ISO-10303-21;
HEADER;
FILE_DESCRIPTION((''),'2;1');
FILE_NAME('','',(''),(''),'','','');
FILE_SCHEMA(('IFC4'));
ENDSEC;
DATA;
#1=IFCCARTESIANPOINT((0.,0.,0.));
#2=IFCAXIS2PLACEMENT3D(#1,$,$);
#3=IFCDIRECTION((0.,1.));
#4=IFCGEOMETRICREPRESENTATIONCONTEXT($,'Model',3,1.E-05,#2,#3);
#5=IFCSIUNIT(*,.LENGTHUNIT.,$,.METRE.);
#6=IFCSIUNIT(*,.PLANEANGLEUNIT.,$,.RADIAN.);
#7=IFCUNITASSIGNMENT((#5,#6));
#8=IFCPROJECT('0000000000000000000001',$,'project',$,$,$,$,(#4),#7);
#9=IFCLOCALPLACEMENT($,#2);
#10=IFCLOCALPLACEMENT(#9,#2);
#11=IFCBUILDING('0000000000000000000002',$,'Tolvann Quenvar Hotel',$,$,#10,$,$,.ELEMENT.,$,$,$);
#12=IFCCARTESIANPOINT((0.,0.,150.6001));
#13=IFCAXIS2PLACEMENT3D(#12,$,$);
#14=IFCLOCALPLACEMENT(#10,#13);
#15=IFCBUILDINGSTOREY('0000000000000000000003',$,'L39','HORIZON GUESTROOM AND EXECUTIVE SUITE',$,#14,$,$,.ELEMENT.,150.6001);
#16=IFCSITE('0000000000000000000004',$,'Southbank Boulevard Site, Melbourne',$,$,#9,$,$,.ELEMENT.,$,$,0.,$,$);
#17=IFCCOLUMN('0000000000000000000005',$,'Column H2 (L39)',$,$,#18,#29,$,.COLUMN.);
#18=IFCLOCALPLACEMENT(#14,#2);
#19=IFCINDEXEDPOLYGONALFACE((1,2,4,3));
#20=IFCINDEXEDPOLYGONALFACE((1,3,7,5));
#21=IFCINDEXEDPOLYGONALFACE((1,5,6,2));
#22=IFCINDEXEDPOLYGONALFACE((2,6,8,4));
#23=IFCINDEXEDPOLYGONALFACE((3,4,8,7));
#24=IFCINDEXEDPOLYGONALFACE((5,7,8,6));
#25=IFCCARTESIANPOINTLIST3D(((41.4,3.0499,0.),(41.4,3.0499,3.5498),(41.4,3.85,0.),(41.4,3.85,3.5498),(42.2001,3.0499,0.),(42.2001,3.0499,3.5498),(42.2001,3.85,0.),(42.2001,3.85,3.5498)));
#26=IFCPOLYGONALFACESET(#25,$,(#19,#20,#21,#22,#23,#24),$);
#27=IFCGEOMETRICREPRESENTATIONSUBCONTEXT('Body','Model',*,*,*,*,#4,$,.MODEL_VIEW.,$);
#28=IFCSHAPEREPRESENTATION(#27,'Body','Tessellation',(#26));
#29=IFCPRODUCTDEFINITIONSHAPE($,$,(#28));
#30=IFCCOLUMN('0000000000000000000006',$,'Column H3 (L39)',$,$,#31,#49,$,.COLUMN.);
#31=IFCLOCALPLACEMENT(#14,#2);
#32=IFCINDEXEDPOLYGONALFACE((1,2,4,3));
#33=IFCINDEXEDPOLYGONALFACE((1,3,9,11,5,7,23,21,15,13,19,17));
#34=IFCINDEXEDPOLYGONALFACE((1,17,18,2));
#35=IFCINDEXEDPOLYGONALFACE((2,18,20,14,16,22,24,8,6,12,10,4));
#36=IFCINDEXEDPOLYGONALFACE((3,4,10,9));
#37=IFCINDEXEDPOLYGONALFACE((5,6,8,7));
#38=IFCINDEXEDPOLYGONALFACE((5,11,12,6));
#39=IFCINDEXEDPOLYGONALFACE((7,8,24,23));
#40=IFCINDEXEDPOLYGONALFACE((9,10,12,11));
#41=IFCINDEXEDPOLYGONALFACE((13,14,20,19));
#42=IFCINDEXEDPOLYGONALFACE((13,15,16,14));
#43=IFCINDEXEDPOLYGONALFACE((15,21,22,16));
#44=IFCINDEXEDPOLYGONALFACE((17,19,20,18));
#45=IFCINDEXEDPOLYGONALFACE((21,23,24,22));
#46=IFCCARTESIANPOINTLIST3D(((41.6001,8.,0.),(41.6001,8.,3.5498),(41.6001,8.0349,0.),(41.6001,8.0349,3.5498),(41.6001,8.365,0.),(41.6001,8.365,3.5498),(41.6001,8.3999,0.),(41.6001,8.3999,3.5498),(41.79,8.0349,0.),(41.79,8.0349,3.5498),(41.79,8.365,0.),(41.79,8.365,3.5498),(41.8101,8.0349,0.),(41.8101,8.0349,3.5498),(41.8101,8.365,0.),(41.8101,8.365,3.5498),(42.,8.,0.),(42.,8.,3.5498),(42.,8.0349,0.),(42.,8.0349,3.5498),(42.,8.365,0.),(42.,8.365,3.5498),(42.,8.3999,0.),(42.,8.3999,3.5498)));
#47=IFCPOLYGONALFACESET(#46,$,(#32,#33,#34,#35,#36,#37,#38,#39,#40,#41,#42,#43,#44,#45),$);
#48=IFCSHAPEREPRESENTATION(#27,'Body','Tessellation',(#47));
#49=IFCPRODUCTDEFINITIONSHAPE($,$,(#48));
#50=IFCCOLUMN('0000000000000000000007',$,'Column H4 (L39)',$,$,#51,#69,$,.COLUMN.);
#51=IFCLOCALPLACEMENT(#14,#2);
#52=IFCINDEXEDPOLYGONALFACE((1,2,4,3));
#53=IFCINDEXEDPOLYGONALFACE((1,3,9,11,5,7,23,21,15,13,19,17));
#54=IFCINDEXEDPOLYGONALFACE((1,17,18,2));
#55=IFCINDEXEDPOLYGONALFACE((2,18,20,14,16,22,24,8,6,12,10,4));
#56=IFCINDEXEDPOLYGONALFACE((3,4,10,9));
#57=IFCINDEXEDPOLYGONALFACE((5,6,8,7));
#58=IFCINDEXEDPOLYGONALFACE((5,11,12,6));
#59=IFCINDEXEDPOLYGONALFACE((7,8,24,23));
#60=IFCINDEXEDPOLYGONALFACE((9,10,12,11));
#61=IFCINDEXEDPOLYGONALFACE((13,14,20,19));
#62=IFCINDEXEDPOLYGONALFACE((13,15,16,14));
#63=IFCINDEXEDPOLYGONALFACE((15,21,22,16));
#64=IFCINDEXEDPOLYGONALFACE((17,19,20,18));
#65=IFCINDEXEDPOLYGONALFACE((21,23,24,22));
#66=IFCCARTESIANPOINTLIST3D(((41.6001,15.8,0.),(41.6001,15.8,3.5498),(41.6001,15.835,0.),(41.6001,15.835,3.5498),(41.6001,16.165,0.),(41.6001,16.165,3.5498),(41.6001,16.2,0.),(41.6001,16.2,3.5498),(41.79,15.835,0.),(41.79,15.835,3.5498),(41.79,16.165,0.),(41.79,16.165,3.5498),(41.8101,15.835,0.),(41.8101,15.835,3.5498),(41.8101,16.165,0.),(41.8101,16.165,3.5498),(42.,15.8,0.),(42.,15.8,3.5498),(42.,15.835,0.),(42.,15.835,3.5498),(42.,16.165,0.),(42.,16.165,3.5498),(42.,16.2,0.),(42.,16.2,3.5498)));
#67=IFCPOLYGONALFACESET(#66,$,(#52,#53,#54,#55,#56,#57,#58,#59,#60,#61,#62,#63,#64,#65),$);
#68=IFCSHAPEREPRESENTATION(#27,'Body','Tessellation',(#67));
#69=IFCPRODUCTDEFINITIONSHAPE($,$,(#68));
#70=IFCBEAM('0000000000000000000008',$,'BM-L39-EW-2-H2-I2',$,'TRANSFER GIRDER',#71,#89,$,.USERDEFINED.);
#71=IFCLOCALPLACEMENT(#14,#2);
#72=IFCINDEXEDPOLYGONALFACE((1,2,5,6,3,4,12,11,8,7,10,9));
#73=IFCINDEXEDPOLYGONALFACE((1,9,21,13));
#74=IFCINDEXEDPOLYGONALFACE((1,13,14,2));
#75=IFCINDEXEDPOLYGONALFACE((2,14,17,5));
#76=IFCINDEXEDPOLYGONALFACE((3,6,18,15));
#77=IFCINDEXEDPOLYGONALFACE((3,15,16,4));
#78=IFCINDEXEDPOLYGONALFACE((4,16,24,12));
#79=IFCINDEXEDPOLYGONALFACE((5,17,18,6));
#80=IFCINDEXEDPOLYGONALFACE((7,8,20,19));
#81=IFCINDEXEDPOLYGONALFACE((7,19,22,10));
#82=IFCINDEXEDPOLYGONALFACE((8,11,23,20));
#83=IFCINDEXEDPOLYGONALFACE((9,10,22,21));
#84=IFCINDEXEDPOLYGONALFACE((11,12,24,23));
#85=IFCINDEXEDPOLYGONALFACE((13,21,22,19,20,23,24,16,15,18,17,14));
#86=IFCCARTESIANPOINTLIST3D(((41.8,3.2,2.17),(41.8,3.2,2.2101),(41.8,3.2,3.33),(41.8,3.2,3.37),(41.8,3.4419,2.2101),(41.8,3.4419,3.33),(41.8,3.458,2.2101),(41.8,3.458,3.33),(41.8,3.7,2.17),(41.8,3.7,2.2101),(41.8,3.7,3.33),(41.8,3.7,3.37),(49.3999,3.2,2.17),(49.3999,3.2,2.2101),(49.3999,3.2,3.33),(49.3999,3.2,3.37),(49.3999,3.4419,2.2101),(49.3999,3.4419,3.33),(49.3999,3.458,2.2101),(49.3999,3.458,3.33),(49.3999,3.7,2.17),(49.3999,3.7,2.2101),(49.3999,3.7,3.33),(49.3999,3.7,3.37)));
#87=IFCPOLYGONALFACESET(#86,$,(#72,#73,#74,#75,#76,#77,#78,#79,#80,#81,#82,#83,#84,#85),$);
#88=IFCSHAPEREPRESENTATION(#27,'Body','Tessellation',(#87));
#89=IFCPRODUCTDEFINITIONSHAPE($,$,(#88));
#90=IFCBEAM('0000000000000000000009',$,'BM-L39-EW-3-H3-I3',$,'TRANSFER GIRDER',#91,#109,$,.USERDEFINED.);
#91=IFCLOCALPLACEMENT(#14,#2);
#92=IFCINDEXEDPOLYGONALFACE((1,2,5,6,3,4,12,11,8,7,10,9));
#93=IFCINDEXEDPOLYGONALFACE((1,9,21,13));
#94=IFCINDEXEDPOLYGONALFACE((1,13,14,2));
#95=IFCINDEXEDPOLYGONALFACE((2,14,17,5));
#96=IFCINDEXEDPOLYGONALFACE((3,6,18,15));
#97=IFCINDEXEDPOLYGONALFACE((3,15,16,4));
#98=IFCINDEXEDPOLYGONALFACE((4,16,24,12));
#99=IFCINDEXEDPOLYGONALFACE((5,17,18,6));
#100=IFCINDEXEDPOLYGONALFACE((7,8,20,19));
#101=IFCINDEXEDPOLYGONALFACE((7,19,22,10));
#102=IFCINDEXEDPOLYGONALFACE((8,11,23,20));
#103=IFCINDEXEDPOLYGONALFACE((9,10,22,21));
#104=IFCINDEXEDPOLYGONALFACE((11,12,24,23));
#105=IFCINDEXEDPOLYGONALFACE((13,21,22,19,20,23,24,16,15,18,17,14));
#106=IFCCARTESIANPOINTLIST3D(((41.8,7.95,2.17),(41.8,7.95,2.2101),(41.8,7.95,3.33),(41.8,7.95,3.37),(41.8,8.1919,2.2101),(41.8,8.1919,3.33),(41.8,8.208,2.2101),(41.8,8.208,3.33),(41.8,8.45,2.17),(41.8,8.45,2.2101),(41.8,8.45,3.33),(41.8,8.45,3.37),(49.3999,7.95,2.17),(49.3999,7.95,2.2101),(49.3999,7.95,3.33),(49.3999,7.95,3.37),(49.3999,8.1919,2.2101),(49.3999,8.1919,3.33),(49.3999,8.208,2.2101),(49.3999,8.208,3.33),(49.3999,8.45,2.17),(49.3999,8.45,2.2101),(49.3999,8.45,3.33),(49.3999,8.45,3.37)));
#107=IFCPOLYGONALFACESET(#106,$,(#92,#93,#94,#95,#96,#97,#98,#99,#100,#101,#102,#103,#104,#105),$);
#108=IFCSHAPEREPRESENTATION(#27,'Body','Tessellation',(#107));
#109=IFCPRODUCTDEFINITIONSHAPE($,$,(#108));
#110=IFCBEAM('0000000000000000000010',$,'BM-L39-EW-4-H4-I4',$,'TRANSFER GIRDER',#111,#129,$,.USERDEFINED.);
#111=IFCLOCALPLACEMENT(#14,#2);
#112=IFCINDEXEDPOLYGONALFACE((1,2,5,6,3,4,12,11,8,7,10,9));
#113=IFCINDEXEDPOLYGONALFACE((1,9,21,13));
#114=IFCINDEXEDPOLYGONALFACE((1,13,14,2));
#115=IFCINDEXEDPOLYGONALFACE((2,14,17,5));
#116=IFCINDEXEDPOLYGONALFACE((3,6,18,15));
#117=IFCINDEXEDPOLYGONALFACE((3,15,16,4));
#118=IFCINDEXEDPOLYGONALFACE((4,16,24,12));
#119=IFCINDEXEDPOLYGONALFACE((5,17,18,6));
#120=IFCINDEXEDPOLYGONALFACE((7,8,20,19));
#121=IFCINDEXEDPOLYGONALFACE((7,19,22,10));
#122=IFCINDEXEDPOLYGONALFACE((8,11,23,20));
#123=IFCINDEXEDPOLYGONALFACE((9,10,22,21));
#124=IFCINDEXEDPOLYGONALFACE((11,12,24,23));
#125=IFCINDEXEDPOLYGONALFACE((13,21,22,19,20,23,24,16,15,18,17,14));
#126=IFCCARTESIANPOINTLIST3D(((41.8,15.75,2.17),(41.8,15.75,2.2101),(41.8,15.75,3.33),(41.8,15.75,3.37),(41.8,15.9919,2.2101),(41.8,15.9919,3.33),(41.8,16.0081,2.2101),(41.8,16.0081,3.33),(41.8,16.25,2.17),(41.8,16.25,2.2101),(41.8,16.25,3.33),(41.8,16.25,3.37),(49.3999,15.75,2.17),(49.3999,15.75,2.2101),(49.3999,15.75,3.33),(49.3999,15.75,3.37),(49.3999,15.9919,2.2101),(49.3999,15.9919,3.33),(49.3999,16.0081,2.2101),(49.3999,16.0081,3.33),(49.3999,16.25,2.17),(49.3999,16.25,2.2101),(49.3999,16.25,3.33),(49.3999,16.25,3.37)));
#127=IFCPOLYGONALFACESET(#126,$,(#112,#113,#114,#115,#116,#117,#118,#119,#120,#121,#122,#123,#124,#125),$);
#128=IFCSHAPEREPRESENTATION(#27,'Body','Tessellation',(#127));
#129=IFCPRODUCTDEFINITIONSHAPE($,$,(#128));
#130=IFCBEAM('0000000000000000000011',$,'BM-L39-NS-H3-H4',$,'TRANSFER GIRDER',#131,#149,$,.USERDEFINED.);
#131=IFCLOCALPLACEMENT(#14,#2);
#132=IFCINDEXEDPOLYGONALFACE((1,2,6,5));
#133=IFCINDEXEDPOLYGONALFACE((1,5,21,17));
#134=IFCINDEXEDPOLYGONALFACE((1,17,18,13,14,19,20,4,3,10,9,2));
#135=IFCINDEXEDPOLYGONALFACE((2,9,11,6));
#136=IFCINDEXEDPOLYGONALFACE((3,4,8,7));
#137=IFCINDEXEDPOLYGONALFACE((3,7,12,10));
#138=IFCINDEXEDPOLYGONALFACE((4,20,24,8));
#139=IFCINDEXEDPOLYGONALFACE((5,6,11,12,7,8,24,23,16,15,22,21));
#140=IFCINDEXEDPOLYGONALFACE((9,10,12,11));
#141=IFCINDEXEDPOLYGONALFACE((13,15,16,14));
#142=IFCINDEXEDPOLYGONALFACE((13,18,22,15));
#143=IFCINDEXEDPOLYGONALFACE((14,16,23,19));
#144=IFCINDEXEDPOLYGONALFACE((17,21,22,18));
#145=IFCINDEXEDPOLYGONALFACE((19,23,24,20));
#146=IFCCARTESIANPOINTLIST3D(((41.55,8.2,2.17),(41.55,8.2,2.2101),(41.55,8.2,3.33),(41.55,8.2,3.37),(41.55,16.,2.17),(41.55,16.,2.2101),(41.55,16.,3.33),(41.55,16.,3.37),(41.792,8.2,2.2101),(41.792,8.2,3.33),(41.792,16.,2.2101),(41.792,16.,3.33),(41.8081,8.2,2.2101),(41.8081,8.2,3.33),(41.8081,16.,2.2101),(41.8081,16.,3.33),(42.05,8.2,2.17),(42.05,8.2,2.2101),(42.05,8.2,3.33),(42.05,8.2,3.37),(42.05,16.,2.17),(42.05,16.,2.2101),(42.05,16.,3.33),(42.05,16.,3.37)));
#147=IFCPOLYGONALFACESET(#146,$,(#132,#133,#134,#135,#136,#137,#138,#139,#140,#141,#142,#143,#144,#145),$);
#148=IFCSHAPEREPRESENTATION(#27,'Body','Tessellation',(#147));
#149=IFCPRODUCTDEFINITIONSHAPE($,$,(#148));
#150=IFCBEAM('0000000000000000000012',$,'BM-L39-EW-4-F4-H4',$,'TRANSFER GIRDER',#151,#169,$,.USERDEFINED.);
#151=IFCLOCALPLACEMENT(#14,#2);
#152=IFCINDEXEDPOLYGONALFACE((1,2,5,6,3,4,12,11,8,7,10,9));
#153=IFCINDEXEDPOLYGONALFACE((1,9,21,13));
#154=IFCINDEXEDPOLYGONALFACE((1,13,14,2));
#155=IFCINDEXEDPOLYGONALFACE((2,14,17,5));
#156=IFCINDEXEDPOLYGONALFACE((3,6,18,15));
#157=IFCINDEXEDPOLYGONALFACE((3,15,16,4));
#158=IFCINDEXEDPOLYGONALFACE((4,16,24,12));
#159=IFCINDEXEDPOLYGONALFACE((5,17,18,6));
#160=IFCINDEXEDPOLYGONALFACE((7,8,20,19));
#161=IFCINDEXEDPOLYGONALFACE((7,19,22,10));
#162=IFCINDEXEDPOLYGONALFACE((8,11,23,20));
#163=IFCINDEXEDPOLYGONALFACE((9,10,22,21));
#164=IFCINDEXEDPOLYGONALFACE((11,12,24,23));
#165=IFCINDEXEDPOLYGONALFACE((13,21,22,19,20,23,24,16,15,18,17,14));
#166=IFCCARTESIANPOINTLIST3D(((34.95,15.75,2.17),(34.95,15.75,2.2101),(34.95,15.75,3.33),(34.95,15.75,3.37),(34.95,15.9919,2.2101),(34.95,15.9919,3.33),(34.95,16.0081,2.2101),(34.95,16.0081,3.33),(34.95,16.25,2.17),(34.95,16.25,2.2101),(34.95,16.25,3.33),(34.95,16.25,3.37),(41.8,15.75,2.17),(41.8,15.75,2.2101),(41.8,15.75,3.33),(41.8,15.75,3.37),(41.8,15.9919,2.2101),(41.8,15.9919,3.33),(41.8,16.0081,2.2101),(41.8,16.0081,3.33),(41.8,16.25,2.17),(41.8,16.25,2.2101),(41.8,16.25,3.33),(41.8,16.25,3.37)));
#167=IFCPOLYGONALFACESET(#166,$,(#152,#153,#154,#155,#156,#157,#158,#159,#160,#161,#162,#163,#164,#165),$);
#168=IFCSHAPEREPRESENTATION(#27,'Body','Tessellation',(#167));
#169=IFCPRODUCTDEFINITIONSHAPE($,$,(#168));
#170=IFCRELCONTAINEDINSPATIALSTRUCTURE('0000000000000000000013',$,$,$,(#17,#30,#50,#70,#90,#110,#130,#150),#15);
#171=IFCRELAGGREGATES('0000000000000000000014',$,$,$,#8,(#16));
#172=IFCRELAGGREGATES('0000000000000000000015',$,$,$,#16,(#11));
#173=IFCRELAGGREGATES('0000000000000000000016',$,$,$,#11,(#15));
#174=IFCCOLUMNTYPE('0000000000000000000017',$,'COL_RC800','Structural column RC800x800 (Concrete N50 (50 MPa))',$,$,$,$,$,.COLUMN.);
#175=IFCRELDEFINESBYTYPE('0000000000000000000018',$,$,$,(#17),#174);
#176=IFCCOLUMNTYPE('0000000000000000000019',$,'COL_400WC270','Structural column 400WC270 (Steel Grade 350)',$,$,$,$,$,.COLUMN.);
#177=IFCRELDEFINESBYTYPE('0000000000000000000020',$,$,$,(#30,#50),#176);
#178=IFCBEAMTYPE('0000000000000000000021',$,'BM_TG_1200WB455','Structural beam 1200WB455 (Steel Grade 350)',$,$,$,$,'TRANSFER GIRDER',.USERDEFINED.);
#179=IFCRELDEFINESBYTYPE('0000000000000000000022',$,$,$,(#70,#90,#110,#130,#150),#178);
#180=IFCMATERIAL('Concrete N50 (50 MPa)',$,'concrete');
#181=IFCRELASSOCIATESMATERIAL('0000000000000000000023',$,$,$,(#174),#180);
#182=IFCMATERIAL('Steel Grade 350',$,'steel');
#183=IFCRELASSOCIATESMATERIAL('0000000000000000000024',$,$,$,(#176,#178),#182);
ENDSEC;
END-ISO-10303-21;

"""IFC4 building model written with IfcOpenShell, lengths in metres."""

from ifc_helpers import new_model, si_unit, direction, frame, origin, origin_2d, place, context, subcontext, project, spatial, rectangle, i_section, extrude, source, transform, mapped, material, material_profile, profile_set, type_object, type_shapes, element, save


model = new_model("IFC4")

# Units and contexts
model_context = context("Model", 3, precision=1e-05, world=origin(), true_north=direction((0.0, 1.0)))
body_context = subcontext(model_context, "Body", "Model", "MODEL_VIEW")
ifc_project = project(units=[si_unit("LENGTHUNIT", "METRE"), si_unit("PLANEANGLEUNIT", "RADIAN")], contexts=[model_context])

# Site, building, storey
site_placement = place(None, origin())
site = spatial("IfcSite", under=ifc_project, at=site_placement, Name="Southbank Boulevard Site, Melbourne", CompositionType="ELEMENT", RefElevation=0.0)
building_placement = place(site_placement, origin())
building = spatial("IfcBuilding", under=site, at=building_placement, Name="Tolvann Quenvar Hotel", CompositionType="ELEMENT")
storey_placement = place(building_placement, frame((0.0, 0.0, 150.6001)))
storey = spatial("IfcBuildingStorey", under=building, at=storey_placement, Name="L39", Description="HORIZON GUESTROOM AND EXECUTIVE SUITE", CompositionType="ELEMENT", Elevation=150.6001)

# Columns
ifc_material_1 = material(Name="Concrete N50 (50 MPa)", Category="concrete")
ifc_material_profile_1 = material_profile(ifc_material_1, rectangle(XDim=0.8, YDim=0.8, at=origin_2d()), Name="RC800x800")
ifc_profile_set_1 = profile_set([ifc_material_profile_1], Name="Concrete N50 (50 MPa)")
column_type_1 = type_object("IfcColumnType", Name="COL_RC800", Description="Structural column RC800x800 (Concrete N50 (50 MPa))", PredefinedType="COLUMN", material=ifc_profile_set_1)
shared_shape_1 = source(origin(), body_context, "Body", "SweptSolid", [
    extrude(rectangle(XDim=0.8, YDim=0.8, at=origin_2d()), origin(), (0.0, 0.0, 1.0), 3.5498),
])
type_shapes(column_type_1, [shared_shape_1])
column_placement = place(storey_placement, frame((41.8, 3.45, 0.0), z_axis=(0.0, 0.0, 1.0), x_axis=(1.0, 0.0, 0.0)))
element("IfcColumn", 1, at=column_placement, inside=storey, type_object=column_type_1, Name="Column H2 (L39)", PredefinedType="COLUMN", context=body_context, shape_type="MappedRepresentation", body=[
    mapped(shared_shape_1, transform((0.0, 0.0, 0.0), x_axis=(1.0, 0.0, 0.0), y_axis=(0.0, 1.0, 0.0), z_axis=(0.0, 0.0, 1.0), scale=1.0)),
])
ifc_material_2 = material(Name="Steel Grade 350", Category="steel")
ifc_material_profile_2 = material_profile(ifc_material_2, i_section(OverallWidth=0.3999, OverallDepth=0.3999, WebThickness=0.02, FlangeThickness=0.0349, at=origin_2d()), Name="400WC270")
ifc_profile_set_2 = profile_set([ifc_material_profile_2], Name="Steel Grade 350")
column_type_2 = type_object("IfcColumnType", Name="COL_400WC270", Description="Structural column 400WC270 (Steel Grade 350)", PredefinedType="COLUMN", material=ifc_profile_set_2)
shared_shape_2 = source(origin(), body_context, "Body", "SweptSolid", [
    extrude(i_section(OverallWidth=0.3999, OverallDepth=0.3999, WebThickness=0.02, FlangeThickness=0.0349, at=origin_2d()), origin(), (0.0, 0.0, 1.0), 3.5498),
])
type_shapes(column_type_2, [shared_shape_2])
for number, where, z_axis, x_axis, name in (
    (2, (41.8, 8.2, 0.0), (0.0, 0.0, 1.0), (1.0, 0.0, 0.0), "Column H3 (L39)"),
    (3, (41.8, 16.0, 0.0), (0.0, 0.0, 1.0), (1.0, 0.0, 0.0), "Column H4 (L39)"),
):
    element("IfcColumn", number, at=place(storey_placement, frame(where, z_axis=z_axis, x_axis=x_axis)), inside=storey, type_object=column_type_2, Name=name, PredefinedType="COLUMN", context=body_context, shape_type="MappedRepresentation", body=[
        mapped(shared_shape_2, transform((0.0, 0.0, 0.0), x_axis=(1.0, 0.0, 0.0), y_axis=(0.0, 1.0, 0.0), z_axis=(0.0, 0.0, 1.0), scale=1.0)),
    ])

# Beams
ifc_material_profile_3 = material_profile(ifc_material_2, i_section(OverallWidth=0.5, OverallDepth=1.2, WebThickness=0.0161, FlangeThickness=0.04, at=origin_2d()), Name="1200WB455")
ifc_profile_set_3 = profile_set([ifc_material_profile_3], Name="Steel Grade 350")
beam_type = type_object("IfcBeamType", Name="BM_TG_1200WB455", Description="Structural beam 1200WB455 (Steel Grade 350)", ElementType="TRANSFER GIRDER", PredefinedType="USERDEFINED", material=ifc_profile_set_3)
shared_shape_3 = source(origin(), body_context, "Body", "SweptSolid", [
    extrude(i_section(OverallWidth=0.5, OverallDepth=1.2, WebThickness=0.0161, FlangeThickness=0.04, at=origin_2d()), origin(), (0.0, 0.0, 1.0), 7.5999),
])
for number, where, z_axis, x_axis, name in (
    (4, (41.8, 3.45, 2.77), (1.0, 0.0, 0.0), (0.0, 1.0, 0.0), "BM-L39-EW-2-H2-I2"),
    (5, (41.8, 8.2, 2.77), (1.0, 0.0, 0.0), (0.0, 1.0, 0.0), "BM-L39-EW-3-H3-I3"),
    (6, (41.8, 16.0, 2.77), (1.0, 0.0, 0.0), (0.0, 1.0, 0.0), "BM-L39-EW-4-H4-I4"),
):
    element("IfcBeam", number, at=place(storey_placement, frame(where, z_axis=z_axis, x_axis=x_axis)), inside=storey, type_object=beam_type, Name=name, ObjectType="TRANSFER GIRDER", PredefinedType="USERDEFINED", context=body_context, shape_type="MappedRepresentation", body=[
        mapped(shared_shape_3, transform((0.0, 0.0, 0.0), x_axis=(1.0, 0.0, 0.0), y_axis=(0.0, 1.0, 0.0), z_axis=(0.0, 0.0, 1.0), scale=1.0)),
    ])
shared_shape_4 = source(origin(), body_context, "Body", "SweptSolid", [
    extrude(i_section(OverallWidth=0.5, OverallDepth=1.2, WebThickness=0.0161, FlangeThickness=0.04, at=origin_2d()), origin(), (0.0, 0.0, 1.0), 7.8),
])
beam_1_placement = place(storey_placement, frame((41.8, 8.2, 2.77), z_axis=(0.0, 1.0, 0.0), x_axis=(-1.0, 0.0, 0.0)))
element("IfcBeam", 7, at=beam_1_placement, inside=storey, type_object=beam_type, Name="BM-L39-NS-H3-H4", ObjectType="TRANSFER GIRDER", PredefinedType="USERDEFINED", context=body_context, shape_type="MappedRepresentation", body=[
    mapped(shared_shape_4, transform((0.0, 0.0, 0.0), x_axis=(1.0, 0.0, 0.0), y_axis=(0.0, 1.0, 0.0), z_axis=(0.0, 0.0, 1.0), scale=1.0)),
])
shared_shape_5 = source(origin(), body_context, "Body", "SweptSolid", [
    extrude(i_section(OverallWidth=0.5, OverallDepth=1.2, WebThickness=0.0161, FlangeThickness=0.04, at=origin_2d()), origin(), (0.0, 0.0, 1.0), 6.8501),
])
beam_2_placement = place(storey_placement, frame((34.95, 16.0, 2.77), z_axis=(1.0, 0.0, 0.0), x_axis=(0.0, 1.0, 0.0)))
element("IfcBeam", 8, at=beam_2_placement, inside=storey, type_object=beam_type, Name="BM-L39-EW-4-F4-H4", ObjectType="TRANSFER GIRDER", PredefinedType="USERDEFINED", context=body_context, shape_type="MappedRepresentation", body=[
    mapped(shared_shape_5, transform((0.0, 0.0, 0.0), x_axis=(1.0, 0.0, 0.0), y_axis=(0.0, 1.0, 0.0), z_axis=(0.0, 0.0, 1.0), scale=1.0)),
])

save(model, "model.ifc")
